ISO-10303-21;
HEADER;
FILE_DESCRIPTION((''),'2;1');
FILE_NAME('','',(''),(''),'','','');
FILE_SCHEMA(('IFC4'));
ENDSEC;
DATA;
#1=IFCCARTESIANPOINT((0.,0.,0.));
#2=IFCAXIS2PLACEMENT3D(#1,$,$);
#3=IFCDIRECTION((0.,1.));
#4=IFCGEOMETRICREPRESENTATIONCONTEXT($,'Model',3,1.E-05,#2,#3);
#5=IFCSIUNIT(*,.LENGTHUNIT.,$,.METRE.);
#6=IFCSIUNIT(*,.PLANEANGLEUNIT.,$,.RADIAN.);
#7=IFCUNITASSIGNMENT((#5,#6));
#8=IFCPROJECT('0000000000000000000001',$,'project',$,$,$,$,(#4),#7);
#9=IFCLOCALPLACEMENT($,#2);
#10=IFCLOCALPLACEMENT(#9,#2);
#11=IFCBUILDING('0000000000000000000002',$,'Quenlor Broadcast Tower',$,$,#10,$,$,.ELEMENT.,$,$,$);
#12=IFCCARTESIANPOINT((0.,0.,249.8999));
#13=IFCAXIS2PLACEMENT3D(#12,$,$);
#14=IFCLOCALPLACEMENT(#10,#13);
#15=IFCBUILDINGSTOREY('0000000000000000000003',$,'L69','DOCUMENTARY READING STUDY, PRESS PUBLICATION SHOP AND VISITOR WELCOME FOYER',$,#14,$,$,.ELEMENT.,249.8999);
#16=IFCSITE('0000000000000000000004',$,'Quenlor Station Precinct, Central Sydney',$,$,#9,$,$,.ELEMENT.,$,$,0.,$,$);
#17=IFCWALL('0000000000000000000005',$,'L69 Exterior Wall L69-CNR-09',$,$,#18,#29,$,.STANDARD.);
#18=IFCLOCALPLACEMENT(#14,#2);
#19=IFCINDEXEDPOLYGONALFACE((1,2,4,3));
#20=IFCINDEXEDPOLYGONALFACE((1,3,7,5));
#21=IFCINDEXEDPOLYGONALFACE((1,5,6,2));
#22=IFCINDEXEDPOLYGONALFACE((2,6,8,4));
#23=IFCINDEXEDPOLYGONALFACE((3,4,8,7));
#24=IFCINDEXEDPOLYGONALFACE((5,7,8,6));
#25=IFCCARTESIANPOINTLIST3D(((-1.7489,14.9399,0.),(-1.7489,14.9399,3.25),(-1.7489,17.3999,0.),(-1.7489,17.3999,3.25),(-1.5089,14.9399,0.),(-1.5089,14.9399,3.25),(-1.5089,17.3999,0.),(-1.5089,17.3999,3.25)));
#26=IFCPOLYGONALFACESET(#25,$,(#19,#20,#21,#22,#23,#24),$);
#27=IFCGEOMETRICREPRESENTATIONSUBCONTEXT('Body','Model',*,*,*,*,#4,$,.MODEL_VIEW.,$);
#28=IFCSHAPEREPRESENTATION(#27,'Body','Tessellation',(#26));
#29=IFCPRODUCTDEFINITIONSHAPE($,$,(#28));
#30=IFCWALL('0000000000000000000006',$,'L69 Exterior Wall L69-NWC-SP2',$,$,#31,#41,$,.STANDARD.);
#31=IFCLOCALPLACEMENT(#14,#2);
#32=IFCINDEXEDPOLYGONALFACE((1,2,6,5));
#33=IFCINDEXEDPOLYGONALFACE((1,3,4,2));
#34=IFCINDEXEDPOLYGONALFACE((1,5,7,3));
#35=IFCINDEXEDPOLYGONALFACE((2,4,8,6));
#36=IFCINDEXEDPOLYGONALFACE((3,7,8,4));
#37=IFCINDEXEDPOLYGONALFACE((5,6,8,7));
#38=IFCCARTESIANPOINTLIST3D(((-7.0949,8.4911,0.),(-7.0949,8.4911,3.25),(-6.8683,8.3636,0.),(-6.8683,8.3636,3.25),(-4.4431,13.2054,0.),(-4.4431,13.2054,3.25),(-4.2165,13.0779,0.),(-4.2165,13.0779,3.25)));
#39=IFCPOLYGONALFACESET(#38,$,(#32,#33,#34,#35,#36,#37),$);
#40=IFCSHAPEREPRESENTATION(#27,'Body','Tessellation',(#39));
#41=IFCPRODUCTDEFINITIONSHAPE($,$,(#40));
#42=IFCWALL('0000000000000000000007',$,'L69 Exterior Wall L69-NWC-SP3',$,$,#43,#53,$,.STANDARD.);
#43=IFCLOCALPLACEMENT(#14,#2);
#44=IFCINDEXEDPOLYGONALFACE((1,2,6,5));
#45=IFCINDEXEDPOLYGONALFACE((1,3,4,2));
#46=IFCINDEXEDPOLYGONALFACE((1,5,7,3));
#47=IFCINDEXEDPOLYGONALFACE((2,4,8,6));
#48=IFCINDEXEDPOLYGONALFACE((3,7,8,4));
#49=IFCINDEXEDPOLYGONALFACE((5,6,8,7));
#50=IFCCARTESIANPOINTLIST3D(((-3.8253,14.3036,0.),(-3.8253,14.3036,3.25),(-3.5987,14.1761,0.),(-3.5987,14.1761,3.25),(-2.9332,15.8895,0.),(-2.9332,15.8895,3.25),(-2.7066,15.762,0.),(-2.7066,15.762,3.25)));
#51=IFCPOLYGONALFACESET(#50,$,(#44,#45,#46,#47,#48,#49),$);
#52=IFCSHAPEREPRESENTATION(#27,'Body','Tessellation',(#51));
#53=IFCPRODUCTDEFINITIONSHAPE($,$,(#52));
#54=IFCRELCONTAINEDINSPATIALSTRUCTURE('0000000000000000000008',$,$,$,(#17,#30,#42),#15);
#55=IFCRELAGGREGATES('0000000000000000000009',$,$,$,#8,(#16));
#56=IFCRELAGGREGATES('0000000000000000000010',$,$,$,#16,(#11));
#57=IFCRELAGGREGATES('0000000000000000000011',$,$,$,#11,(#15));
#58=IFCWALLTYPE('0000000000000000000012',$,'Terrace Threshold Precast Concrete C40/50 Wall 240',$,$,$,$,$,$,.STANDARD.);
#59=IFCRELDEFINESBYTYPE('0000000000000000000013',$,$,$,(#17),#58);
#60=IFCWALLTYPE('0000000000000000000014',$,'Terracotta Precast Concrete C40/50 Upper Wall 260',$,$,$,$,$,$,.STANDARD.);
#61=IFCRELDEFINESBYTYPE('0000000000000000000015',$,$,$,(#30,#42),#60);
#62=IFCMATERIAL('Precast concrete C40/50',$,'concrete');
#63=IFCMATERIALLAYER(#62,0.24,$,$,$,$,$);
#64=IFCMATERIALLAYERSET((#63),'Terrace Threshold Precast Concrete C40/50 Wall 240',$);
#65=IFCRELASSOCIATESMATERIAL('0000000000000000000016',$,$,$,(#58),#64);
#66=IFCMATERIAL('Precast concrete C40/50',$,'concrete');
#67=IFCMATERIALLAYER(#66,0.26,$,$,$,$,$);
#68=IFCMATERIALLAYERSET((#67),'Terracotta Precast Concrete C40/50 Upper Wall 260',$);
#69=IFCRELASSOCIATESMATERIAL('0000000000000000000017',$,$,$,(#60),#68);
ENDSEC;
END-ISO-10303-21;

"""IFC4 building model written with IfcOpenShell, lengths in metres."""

from ifc_helpers import new_model, si_unit, direction, frame, frame_2d, origin, place, context, subcontext, project, spatial, rectangle, extrude, material, layer, layer_set, type_object, element, save


model = new_model("IFC4")

# Units and contexts
model_context = context("Model", 3, precision=1e-05, world=origin(), true_north=direction((0.0, 1.0)))
body_context = subcontext(model_context, "Body", "Model", "MODEL_VIEW")
ifc_project = project(units=[si_unit("LENGTHUNIT", "METRE"), si_unit("PLANEANGLEUNIT", "RADIAN")], contexts=[model_context])

# Site, building, storey
site_placement = place(None, origin())
site = spatial("IfcSite", under=ifc_project, at=site_placement, Name="Quenlor Station Precinct, Central Sydney", CompositionType="ELEMENT", RefElevation=0.0)
building_placement = place(site_placement, origin())
building = spatial("IfcBuilding", under=site, at=building_placement, Name="Quenlor Broadcast Tower", CompositionType="ELEMENT")
storey_placement = place(building_placement, frame((0.0, 0.0, 249.8999)))
storey = spatial("IfcBuildingStorey", under=building, at=storey_placement, Name="L69", Description="DOCUMENTARY READING STUDY, PRESS PUBLICATION SHOP AND VISITOR WELCOME FOYER", CompositionType="ELEMENT", Elevation=249.8999)

# Walls
ifc_material_1 = material(Name="Precast concrete C40/50", Category="concrete")
ifc_layer_1 = layer(ifc_material_1, 0.24)
ifc_layer_set_1 = layer_set([ifc_layer_1], Name="Terrace Threshold Precast Concrete C40/50 Wall 240")
wall_type_1 = type_object("IfcWallType", Name="Terrace Threshold Precast Concrete C40/50 Wall 240", PredefinedType="STANDARD", material=ifc_layer_set_1)
wall_1_placement = place(storey_placement, frame((-1.6289, 14.9399, 0.0), z_axis=(0.0, 0.0, 1.0), x_axis=(0.0, 1.0, 0.0)))
element("IfcWall", 1, at=wall_1_placement, inside=storey, type_object=wall_type_1, Name="L69 Exterior Wall L69-CNR-09", PredefinedType="STANDARD", context=body_context, shape_type="SweptSolid", body=[
    extrude(rectangle(XDim=2.46, YDim=0.24, at=frame_2d((1.23, 0.0))), origin(), (0.0, 0.0, 1.0), 3.25),
])
ifc_material_2 = material(Name="Precast concrete C40/50", Category="concrete")
ifc_layer_2 = layer(ifc_material_2, 0.26)
ifc_layer_set_2 = layer_set([ifc_layer_2], Name="Terracotta Precast Concrete C40/50 Upper Wall 260")
wall_type_2 = type_object("IfcWallType", Name="Terracotta Precast Concrete C40/50 Upper Wall 260", PredefinedType="STANDARD", material=ifc_layer_set_2)
wall_2_placement = place(storey_placement, frame((-6.9817, 8.4272, 0.0), z_axis=(0.0, 0.0, 1.0), x_axis=(0.490266, 0.871573, 0.0)))
element("IfcWall", 2, at=wall_2_placement, inside=storey, type_object=wall_type_2, Name="L69 Exterior Wall L69-NWC-SP2", PredefinedType="STANDARD", context=body_context, shape_type="SweptSolid", body=[
    extrude(rectangle(XDim=5.4089, YDim=0.26, at=frame_2d((2.7046, 0.0))), origin(), (0.0, 0.0, 1.0), 3.25),
])
wall_3_placement = place(storey_placement, frame((-3.7119, 14.24, 0.0), z_axis=(0.0, 0.0, 1.0), x_axis=(0.490261, 0.871576, 0.0)))
element("IfcWall", 3, at=wall_3_placement, inside=storey, type_object=wall_type_2, Name="L69 Exterior Wall L69-NWC-SP3", PredefinedType="STANDARD", context=body_context, shape_type="SweptSolid", body=[
    extrude(rectangle(XDim=1.8196, YDim=0.26, at=frame_2d((0.9097, 0.0))), origin(), (0.0, 0.0, 1.0), 3.25),
])

save(model, "model.ifc")
